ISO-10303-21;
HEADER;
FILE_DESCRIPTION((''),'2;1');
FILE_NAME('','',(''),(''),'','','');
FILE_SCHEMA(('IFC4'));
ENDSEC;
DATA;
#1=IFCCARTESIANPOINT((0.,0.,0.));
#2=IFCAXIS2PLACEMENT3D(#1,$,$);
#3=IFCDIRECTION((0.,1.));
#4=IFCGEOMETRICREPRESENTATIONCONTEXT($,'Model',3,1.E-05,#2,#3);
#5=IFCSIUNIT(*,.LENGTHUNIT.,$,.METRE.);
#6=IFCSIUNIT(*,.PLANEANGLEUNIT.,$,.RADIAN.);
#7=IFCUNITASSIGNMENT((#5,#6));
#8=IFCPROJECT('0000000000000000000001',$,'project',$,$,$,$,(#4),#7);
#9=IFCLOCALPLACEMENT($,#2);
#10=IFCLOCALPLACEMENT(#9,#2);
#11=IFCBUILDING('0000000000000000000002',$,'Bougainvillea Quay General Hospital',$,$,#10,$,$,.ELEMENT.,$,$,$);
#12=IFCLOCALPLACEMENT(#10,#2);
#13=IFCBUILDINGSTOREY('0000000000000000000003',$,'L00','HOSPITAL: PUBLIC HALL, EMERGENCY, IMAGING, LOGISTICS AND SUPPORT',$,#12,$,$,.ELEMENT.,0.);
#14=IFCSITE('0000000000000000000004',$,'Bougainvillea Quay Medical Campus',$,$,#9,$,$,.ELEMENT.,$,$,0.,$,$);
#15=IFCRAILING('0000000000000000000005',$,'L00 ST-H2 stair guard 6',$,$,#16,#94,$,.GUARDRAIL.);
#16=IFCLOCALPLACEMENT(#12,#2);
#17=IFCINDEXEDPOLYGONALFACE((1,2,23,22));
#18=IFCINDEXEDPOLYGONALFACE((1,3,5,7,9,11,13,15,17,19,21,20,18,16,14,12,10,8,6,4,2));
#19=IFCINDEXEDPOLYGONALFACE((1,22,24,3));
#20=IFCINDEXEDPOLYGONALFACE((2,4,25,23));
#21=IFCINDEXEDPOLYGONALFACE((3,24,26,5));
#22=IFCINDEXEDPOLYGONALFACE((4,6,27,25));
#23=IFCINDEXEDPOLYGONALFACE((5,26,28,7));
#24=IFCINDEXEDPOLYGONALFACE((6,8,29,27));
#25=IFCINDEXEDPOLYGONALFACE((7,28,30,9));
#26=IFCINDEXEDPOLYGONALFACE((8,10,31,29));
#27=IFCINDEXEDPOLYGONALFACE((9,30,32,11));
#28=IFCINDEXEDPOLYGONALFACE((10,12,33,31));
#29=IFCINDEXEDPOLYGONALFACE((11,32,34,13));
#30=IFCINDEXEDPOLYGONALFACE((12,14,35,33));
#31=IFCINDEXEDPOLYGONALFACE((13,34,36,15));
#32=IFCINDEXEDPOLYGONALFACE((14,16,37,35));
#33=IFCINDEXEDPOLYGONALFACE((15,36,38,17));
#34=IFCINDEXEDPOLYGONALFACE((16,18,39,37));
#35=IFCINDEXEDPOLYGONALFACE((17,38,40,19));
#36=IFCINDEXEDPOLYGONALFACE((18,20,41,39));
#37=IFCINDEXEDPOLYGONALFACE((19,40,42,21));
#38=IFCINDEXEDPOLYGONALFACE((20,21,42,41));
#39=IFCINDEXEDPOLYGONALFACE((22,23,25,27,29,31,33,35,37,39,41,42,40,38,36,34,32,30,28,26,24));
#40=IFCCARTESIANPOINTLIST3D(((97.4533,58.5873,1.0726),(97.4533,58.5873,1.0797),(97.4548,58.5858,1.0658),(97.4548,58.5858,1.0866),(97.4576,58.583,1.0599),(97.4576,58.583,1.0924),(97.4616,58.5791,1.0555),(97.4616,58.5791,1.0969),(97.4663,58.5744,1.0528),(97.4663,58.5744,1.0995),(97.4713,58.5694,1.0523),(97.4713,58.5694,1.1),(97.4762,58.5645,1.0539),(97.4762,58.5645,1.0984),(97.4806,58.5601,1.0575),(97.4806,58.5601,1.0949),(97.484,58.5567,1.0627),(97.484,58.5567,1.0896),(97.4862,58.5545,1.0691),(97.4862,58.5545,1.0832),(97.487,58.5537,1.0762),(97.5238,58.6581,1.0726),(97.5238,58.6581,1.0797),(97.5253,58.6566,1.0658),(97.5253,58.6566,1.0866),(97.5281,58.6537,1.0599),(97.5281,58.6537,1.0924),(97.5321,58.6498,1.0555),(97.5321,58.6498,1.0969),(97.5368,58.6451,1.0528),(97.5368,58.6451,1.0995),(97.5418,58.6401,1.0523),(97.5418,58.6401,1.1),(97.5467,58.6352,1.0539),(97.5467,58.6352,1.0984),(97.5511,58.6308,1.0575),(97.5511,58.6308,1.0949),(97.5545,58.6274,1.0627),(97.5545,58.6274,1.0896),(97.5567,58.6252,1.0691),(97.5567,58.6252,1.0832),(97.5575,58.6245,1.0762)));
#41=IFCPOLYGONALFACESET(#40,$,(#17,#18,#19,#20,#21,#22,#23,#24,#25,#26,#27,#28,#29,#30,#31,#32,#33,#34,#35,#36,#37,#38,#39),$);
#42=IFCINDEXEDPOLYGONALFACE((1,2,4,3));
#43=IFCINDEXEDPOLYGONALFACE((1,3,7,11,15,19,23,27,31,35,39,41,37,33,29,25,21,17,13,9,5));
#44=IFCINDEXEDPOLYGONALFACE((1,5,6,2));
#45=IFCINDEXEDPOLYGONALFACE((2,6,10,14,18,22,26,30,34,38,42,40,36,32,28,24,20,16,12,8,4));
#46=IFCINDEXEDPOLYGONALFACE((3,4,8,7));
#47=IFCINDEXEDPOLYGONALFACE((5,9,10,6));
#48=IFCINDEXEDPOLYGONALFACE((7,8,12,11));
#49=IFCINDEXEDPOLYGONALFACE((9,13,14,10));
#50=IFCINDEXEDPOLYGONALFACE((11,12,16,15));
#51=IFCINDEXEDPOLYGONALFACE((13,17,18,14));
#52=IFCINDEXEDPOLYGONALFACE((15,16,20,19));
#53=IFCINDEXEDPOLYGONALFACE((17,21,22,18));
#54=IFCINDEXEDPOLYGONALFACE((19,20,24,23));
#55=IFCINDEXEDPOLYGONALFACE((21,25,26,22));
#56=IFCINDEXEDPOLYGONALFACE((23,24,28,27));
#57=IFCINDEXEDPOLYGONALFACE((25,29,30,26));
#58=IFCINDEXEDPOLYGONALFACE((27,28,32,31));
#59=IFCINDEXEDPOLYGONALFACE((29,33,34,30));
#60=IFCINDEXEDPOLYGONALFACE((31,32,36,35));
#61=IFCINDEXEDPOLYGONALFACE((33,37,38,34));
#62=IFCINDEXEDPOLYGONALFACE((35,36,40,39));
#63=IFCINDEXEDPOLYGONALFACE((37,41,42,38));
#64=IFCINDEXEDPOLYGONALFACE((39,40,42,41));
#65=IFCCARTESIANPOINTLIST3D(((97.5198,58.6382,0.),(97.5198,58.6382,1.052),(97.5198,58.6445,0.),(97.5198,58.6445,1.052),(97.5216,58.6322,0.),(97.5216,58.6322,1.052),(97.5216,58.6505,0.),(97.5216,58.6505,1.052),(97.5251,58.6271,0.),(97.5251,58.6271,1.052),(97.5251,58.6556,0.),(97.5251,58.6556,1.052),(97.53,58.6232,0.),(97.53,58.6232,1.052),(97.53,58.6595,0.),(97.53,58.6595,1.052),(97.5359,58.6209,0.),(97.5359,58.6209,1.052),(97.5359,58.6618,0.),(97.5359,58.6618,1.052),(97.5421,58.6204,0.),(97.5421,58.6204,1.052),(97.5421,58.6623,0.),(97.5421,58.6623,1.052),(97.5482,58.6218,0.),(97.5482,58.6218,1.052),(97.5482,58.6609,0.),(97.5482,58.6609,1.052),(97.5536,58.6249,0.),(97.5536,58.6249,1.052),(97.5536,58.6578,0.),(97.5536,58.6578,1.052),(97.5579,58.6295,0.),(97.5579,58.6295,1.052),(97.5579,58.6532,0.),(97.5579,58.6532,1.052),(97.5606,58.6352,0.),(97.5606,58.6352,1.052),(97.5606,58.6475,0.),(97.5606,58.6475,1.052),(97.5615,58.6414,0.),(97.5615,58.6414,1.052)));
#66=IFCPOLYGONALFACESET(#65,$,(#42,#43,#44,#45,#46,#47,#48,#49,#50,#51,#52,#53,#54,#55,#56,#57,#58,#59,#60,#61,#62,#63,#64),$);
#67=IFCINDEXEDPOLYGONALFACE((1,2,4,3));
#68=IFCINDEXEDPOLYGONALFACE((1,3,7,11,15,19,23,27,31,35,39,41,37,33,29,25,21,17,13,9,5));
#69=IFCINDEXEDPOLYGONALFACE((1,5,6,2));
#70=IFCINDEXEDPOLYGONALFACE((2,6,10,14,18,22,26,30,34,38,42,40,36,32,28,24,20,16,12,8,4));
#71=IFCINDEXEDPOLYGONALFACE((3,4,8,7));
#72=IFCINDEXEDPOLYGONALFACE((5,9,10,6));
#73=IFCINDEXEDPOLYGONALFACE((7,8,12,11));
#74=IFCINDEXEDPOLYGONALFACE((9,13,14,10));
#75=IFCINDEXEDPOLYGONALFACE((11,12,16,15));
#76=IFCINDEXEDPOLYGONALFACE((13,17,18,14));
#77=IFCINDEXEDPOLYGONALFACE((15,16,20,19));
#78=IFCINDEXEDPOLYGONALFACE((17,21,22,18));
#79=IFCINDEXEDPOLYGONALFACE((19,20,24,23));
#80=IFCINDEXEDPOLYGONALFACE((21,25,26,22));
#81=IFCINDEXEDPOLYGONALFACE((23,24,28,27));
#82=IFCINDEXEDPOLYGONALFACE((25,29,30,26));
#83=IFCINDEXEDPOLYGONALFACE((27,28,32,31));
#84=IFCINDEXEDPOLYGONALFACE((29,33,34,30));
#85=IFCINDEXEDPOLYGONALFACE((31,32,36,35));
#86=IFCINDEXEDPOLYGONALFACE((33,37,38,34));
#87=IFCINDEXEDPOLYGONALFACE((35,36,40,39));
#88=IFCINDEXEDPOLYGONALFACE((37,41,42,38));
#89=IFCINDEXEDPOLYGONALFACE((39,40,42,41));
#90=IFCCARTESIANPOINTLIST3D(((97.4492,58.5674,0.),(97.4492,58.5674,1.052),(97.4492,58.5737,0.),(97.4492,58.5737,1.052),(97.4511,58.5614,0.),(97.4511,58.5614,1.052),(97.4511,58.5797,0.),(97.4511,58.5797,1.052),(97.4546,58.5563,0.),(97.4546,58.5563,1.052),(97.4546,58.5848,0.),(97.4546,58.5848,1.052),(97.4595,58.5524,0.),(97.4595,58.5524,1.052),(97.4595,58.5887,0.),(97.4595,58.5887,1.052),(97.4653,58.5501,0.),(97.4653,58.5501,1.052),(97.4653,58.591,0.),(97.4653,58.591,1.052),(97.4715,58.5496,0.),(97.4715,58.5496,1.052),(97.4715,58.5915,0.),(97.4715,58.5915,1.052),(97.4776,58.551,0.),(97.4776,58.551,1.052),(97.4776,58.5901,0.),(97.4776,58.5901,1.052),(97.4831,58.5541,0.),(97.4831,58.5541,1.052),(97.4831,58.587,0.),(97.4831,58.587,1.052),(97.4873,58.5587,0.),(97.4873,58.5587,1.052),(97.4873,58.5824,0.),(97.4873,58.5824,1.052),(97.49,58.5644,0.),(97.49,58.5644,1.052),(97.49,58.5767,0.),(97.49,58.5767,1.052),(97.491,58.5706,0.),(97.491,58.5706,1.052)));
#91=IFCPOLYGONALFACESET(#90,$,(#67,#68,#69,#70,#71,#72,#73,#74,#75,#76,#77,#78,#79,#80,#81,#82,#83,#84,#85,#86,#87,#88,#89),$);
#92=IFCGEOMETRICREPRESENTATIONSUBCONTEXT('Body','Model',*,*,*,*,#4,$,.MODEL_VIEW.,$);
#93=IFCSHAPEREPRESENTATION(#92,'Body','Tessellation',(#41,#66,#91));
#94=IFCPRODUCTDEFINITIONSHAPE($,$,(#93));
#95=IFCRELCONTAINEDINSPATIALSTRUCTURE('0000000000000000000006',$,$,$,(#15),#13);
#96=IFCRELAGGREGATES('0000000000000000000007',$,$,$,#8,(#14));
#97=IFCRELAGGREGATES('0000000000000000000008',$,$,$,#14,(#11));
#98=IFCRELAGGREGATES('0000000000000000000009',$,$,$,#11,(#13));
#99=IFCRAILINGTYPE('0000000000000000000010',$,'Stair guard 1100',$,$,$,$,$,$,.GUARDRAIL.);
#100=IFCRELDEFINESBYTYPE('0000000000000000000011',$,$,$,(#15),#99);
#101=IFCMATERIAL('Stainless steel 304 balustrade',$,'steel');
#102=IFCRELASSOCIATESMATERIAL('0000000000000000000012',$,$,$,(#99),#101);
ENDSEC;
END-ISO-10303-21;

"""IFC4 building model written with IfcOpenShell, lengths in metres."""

from ifc_helpers import new_model, si_unit, direction, frame, origin, origin_2d, place, context, subcontext, project, spatial, circle, extrude, material, type_object, element, save


model = new_model("IFC4")

# Units and contexts
model_context = context("Model", 3, precision=1e-05, world=origin(), true_north=direction((0.0, 1.0)))
body_context = subcontext(model_context, "Body", "Model", "MODEL_VIEW")
ifc_project = project(units=[si_unit("LENGTHUNIT", "METRE"), si_unit("PLANEANGLEUNIT", "RADIAN")], contexts=[model_context])

# Site, building, storey
site_placement = place(None, origin())
site = spatial("IfcSite", under=ifc_project, at=site_placement, Name="Bougainvillea Quay Medical Campus", CompositionType="ELEMENT", RefElevation=0.0)
building_placement = place(site_placement, origin())
building = spatial("IfcBuilding", under=site, at=building_placement, Name="Bougainvillea Quay General Hospital", CompositionType="ELEMENT")
storey_placement = place(building_placement, origin())
storey = spatial("IfcBuildingStorey", under=building, at=storey_placement, Name="L00", Description="HOSPITAL: PUBLIC HALL, EMERGENCY, IMAGING, LOGISTICS AND SUPPORT", CompositionType="ELEMENT", Elevation=0.0)

# Railing
ifc_material_1 = material(Name="Stainless steel 304 balustrade", Category="steel")
railing_type_1 = type_object("IfcRailingType", Name="Stair guard 1100", PredefinedType="GUARDRAIL", material=ifc_material_1)
railing_1_placement = place(storey_placement, frame((97.5405, 58.6414, 0.0)))
element("IfcRailing", 1, at=railing_1_placement, inside=storey, type_object=railing_type_1, Name="L00 ST-H2 stair guard 6", PredefinedType="GUARDRAIL", context=body_context, shape_type="SweptSolid", body=[
    extrude(circle(Radius=0.0239, at=origin_2d()), frame((0.0, 0.0, 1.0762), z_axis=(-0.705884, -0.708327, 0.0), x_axis=(0.708327, -0.705884, 0.0)), (0.0, 0.0, 1.0), 0.0999),
    extrude(circle(Radius=0.021, at=origin_2d()), origin(), (0.0, 0.0, 1.0), 1.052),
    extrude(circle(Radius=0.021, at=origin_2d()), frame((-0.0706, -0.0708, 0.0)), (0.0, 0.0, 1.0), 1.052),
])

save(model, "model.ifc")
